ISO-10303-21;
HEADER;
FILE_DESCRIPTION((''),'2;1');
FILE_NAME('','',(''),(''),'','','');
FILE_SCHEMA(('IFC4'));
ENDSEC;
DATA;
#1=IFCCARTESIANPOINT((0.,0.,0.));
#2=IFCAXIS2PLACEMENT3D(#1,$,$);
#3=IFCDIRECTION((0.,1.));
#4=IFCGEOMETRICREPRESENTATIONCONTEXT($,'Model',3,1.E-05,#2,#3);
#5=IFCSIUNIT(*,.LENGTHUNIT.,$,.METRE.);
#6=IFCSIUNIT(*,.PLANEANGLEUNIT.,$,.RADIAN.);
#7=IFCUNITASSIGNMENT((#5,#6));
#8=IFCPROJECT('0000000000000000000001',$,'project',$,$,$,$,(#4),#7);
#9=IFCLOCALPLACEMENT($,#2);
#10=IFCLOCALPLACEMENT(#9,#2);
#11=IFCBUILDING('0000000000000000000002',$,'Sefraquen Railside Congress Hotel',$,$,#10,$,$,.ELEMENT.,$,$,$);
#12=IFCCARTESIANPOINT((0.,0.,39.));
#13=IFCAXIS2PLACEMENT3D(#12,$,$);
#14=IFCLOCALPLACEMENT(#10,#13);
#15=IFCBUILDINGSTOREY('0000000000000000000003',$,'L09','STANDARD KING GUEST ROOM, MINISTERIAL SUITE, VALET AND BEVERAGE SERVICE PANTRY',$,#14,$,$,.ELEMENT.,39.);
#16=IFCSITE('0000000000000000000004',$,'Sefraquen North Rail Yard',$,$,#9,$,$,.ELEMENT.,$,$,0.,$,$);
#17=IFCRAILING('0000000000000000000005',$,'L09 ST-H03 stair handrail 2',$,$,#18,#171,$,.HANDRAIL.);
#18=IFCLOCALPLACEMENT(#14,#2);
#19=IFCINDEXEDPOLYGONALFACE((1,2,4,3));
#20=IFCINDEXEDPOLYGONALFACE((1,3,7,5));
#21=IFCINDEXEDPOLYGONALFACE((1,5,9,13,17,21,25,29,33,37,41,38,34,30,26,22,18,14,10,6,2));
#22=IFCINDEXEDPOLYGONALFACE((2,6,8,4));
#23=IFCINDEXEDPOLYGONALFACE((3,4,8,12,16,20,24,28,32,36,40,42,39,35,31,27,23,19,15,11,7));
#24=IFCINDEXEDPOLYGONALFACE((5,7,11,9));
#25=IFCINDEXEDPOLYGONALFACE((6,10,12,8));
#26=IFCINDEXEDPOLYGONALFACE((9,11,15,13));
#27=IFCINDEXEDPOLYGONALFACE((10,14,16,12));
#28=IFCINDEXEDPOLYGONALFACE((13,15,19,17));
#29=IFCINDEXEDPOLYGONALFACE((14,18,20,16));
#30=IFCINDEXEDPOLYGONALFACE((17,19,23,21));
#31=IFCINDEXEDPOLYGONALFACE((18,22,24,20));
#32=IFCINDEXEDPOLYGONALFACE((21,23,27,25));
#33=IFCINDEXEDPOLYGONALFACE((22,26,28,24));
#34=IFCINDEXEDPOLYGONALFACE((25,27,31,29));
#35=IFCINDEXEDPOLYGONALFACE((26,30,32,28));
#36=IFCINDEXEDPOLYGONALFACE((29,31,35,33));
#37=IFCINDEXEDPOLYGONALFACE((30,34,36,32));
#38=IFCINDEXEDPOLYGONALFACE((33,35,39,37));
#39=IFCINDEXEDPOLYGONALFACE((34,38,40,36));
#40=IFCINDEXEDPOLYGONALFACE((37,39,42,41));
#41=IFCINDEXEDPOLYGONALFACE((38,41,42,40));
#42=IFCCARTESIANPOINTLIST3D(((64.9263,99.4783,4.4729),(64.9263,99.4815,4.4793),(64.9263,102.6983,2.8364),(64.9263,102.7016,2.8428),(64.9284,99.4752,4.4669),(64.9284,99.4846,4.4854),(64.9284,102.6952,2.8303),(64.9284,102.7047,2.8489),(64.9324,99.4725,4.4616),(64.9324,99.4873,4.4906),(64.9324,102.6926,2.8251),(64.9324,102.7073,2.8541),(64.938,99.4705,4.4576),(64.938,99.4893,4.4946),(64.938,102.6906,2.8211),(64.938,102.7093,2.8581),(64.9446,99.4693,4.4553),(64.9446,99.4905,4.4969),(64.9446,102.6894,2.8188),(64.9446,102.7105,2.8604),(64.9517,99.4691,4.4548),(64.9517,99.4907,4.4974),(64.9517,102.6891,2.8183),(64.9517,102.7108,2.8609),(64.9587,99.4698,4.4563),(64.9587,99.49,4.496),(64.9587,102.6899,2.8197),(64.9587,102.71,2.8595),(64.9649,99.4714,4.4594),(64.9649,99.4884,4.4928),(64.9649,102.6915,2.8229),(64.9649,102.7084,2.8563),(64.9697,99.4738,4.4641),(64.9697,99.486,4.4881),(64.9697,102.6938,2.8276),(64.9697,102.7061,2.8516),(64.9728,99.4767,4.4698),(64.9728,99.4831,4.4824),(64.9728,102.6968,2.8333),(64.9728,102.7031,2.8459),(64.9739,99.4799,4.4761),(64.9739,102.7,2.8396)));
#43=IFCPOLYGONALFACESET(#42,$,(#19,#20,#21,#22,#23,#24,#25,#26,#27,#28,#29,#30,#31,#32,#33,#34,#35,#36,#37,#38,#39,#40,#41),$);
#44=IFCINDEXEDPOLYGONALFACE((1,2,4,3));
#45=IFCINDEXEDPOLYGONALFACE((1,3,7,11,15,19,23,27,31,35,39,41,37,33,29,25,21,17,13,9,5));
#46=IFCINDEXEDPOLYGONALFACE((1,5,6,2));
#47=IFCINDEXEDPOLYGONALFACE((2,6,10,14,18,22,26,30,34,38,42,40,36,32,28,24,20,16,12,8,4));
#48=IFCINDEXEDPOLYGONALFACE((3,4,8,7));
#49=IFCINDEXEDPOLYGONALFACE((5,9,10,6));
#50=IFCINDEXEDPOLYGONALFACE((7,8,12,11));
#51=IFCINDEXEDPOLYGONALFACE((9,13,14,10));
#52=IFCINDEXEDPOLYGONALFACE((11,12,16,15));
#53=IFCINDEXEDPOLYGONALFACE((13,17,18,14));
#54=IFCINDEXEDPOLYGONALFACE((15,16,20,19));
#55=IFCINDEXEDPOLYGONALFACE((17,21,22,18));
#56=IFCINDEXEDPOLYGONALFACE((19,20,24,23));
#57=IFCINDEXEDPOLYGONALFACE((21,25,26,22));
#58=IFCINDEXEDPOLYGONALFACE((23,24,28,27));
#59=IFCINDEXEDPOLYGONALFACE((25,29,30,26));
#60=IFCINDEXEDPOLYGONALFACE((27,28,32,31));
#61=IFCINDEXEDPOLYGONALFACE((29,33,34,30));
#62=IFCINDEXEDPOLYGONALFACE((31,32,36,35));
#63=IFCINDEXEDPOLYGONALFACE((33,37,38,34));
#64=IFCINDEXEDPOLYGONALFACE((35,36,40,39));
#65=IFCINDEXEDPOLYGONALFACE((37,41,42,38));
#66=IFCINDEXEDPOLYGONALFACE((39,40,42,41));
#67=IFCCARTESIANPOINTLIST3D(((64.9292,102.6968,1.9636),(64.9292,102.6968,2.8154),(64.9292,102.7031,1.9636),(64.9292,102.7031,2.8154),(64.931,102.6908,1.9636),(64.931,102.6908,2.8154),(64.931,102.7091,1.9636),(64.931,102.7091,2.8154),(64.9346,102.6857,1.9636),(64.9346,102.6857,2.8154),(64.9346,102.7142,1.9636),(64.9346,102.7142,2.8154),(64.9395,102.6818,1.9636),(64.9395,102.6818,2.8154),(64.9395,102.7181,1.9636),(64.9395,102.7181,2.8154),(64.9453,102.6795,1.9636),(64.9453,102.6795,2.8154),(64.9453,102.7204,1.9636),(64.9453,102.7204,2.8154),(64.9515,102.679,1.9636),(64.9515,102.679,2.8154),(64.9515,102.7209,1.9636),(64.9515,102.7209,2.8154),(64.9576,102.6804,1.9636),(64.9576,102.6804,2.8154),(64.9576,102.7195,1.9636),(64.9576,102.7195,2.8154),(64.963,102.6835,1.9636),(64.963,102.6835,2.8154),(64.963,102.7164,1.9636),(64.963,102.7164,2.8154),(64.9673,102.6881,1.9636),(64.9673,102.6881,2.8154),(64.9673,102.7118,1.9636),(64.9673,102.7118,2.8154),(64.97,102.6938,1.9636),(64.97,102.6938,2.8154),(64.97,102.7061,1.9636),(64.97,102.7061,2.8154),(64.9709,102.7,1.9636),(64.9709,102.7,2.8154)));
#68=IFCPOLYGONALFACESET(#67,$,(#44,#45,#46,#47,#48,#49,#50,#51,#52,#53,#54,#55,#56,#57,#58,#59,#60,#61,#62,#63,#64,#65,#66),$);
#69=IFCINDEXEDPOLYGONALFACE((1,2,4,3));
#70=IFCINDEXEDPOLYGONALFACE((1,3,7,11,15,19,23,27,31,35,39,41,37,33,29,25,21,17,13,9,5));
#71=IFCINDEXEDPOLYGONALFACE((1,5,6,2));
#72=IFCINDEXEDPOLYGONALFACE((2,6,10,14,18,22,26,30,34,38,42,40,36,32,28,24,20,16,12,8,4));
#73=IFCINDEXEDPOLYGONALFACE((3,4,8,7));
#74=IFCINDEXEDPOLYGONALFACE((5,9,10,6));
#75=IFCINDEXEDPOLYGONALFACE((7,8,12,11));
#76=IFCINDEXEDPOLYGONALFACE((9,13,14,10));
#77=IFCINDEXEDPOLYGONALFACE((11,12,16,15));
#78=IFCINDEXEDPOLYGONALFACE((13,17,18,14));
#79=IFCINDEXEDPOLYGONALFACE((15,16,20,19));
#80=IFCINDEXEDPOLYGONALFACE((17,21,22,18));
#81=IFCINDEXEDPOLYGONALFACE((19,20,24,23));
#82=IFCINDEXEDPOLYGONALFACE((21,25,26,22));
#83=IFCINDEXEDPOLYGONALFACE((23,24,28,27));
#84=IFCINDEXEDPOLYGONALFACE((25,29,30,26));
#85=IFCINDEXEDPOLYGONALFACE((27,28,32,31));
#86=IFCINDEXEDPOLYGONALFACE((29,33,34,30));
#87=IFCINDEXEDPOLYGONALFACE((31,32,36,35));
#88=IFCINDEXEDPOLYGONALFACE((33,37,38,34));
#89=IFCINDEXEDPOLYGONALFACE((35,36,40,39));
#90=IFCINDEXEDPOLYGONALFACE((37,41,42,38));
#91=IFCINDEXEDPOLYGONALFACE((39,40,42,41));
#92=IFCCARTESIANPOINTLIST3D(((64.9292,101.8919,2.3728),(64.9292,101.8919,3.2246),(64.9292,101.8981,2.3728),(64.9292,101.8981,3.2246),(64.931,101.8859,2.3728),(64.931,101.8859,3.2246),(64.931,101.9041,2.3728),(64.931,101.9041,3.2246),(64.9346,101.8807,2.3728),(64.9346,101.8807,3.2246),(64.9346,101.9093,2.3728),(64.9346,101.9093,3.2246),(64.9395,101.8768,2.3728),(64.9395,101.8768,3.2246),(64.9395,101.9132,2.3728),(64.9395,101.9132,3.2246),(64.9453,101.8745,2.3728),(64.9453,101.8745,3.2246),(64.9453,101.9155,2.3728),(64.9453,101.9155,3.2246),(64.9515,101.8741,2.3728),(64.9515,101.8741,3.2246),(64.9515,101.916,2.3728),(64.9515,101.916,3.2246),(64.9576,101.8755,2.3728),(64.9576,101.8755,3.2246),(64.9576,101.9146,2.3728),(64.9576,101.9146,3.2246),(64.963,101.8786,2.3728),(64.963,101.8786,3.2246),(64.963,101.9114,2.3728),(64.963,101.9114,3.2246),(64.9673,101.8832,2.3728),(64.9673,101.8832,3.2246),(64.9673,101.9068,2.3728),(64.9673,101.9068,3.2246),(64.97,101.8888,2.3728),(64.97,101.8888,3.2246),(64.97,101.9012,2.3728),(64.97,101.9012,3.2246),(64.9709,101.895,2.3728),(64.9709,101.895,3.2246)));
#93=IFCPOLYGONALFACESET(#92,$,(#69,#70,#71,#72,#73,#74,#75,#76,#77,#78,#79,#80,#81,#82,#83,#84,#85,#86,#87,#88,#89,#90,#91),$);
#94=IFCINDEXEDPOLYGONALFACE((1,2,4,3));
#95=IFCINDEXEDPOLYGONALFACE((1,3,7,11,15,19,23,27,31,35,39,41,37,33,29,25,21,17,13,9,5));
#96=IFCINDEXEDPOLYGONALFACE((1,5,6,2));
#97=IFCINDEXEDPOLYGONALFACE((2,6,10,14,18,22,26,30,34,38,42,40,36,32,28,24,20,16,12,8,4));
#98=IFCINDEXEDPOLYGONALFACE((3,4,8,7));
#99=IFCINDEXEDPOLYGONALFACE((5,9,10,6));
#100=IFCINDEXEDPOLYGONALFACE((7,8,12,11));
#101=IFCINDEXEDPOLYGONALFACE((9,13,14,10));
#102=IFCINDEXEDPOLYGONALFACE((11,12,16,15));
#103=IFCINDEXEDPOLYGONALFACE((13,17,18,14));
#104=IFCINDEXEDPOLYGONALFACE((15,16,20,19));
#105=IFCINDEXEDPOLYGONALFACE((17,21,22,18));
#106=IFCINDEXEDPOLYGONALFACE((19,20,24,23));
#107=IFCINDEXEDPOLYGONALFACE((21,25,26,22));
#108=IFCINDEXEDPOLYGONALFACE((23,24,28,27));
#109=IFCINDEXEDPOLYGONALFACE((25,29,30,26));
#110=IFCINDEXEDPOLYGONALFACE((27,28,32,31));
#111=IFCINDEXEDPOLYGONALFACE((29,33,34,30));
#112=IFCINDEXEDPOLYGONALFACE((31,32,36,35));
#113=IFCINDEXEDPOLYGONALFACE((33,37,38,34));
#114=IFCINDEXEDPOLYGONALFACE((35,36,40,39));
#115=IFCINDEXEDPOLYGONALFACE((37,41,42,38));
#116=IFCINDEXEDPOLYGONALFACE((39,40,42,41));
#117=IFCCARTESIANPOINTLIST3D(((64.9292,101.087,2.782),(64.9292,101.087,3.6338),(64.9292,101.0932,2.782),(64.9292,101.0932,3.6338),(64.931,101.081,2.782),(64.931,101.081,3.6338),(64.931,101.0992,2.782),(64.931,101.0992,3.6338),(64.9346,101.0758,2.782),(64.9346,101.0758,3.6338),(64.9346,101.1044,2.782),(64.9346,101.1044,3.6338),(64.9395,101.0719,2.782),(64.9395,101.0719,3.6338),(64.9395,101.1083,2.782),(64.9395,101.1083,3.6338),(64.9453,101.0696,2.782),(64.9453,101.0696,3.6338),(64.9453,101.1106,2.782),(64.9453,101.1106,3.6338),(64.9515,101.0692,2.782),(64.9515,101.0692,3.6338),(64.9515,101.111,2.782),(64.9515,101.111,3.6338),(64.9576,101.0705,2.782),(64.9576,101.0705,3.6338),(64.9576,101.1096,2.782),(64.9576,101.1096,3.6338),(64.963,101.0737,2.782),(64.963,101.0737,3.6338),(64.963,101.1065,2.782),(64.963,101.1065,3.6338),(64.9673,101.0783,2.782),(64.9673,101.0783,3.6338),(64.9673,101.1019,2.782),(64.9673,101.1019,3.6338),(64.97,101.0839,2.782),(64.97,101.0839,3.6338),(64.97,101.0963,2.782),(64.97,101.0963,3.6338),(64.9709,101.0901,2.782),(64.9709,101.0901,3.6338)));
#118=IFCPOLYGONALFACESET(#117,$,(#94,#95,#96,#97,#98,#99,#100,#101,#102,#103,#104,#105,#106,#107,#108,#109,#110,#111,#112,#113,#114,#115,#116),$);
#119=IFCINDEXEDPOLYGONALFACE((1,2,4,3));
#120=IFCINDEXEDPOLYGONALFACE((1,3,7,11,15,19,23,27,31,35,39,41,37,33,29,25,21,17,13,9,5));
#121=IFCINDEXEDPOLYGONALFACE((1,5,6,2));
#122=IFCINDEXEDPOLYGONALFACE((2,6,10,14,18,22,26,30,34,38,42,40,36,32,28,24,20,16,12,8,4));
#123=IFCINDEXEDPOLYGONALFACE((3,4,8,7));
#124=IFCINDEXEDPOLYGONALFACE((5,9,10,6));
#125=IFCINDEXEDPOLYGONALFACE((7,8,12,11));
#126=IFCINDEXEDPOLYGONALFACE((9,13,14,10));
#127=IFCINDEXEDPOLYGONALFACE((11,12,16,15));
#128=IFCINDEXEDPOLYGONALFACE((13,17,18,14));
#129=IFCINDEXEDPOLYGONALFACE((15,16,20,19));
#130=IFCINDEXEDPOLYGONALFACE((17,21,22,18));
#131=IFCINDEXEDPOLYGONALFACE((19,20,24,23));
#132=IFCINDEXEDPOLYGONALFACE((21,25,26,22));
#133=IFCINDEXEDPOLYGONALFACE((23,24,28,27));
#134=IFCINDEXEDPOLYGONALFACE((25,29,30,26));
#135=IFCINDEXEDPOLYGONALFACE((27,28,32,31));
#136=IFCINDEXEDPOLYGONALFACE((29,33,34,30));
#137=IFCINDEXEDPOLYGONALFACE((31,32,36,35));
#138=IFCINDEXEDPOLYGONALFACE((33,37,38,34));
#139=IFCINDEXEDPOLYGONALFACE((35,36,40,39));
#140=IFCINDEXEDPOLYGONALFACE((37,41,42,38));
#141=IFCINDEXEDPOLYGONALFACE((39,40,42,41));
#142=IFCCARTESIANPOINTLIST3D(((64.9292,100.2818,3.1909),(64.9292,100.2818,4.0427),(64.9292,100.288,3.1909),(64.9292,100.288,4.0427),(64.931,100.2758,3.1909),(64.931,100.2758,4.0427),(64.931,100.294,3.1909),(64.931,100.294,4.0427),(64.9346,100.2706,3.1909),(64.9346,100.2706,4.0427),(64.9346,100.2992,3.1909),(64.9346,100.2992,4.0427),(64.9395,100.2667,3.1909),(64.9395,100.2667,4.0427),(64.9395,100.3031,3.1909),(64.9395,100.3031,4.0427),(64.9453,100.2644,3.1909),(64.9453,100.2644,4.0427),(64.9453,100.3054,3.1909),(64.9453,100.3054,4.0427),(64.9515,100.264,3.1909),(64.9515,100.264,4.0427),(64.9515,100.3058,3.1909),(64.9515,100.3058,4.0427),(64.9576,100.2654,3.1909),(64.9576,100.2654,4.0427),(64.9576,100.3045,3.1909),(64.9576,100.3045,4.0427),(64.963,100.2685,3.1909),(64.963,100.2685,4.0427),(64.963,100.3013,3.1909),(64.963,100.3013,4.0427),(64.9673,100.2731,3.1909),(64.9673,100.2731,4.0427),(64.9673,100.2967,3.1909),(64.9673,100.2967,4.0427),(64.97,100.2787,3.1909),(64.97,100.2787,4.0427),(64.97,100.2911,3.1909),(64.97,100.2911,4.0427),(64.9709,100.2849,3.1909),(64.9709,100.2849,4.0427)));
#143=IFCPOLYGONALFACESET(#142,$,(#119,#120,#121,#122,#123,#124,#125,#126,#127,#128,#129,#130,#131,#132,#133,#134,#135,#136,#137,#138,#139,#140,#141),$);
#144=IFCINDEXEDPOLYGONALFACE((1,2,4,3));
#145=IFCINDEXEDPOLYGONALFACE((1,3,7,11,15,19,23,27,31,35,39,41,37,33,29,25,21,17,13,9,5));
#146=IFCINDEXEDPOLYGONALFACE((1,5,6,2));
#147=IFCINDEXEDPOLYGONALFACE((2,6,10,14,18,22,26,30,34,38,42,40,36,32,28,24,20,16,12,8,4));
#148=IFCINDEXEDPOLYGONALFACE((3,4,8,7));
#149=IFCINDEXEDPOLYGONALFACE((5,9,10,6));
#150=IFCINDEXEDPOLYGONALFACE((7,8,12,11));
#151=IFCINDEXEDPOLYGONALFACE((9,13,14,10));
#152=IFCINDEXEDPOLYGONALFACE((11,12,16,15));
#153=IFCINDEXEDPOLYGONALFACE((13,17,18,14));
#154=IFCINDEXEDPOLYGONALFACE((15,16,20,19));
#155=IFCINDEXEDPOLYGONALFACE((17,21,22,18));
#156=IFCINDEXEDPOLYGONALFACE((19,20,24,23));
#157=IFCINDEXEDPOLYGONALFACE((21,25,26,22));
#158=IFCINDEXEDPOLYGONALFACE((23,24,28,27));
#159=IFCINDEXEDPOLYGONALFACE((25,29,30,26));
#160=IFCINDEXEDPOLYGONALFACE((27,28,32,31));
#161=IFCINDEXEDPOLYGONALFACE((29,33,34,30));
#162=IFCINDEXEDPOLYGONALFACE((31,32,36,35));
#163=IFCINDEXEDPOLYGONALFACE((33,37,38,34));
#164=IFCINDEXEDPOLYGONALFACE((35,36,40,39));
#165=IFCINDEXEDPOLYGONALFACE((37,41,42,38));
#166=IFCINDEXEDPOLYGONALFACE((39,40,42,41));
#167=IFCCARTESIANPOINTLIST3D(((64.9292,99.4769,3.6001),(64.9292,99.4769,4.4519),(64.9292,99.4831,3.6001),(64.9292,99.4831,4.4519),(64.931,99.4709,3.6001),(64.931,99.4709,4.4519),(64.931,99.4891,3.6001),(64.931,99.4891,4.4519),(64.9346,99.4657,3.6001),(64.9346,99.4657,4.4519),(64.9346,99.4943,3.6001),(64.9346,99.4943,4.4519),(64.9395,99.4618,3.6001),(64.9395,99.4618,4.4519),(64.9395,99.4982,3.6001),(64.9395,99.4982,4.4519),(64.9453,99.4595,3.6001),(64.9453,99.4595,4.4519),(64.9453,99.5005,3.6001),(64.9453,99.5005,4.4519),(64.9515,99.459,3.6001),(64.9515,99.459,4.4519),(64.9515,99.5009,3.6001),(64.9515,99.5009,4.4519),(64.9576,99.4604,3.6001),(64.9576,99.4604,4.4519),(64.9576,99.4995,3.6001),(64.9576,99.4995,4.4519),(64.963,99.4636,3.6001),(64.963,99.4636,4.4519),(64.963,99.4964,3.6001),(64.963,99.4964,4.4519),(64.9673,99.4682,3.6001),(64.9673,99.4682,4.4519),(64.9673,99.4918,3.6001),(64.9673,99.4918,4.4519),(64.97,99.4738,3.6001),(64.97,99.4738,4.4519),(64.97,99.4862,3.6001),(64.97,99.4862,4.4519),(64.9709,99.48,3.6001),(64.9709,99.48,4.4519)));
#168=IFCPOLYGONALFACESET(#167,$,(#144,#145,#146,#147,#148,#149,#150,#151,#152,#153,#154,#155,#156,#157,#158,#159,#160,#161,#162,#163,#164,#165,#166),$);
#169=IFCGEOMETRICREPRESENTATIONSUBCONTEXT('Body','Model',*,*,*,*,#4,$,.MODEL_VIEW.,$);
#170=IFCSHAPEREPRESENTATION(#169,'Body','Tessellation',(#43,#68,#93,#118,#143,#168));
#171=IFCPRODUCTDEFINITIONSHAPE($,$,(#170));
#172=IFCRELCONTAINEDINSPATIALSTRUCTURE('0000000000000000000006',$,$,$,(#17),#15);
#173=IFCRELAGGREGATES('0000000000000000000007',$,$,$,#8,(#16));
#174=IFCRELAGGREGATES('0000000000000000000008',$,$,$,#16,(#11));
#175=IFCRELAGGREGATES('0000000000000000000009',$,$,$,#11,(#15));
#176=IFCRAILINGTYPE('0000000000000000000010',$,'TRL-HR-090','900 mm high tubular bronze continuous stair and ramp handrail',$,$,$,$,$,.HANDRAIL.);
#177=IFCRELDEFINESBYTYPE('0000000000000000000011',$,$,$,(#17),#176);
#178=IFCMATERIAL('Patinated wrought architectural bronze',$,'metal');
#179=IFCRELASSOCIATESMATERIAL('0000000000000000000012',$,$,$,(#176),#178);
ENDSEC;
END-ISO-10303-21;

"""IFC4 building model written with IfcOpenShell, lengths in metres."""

from ifc_helpers import new_model, si_unit, direction, frame, origin, origin_2d, place, context, subcontext, project, spatial, circle, extrude, material, type_object, element, save


model = new_model("IFC4")

# Units and contexts
model_context = context("Model", 3, precision=1e-05, world=origin(), true_north=direction((0.0, 1.0)))
body_context = subcontext(model_context, "Body", "Model", "MODEL_VIEW")
ifc_project = project(units=[si_unit("LENGTHUNIT", "METRE"), si_unit("PLANEANGLEUNIT", "RADIAN")], contexts=[model_context])

# Site, building, storey
site_placement = place(None, origin())
site = spatial("IfcSite", under=ifc_project, at=site_placement, Name="Sefraquen North Rail Yard", CompositionType="ELEMENT", RefElevation=0.0)
building_placement = place(site_placement, origin())
building = spatial("IfcBuilding", under=site, at=building_placement, Name="Sefraquen Railside Congress Hotel", CompositionType="ELEMENT")
storey_placement = place(building_placement, frame((0.0, 0.0, 39.0)))
storey = spatial("IfcBuildingStorey", under=building, at=storey_placement, Name="L09", Description="STANDARD KING GUEST ROOM, MINISTERIAL SUITE, VALET AND BEVERAGE SERVICE PANTRY", CompositionType="ELEMENT", Elevation=39.0)

# Railing
ifc_material_1 = material(Name="Patinated wrought architectural bronze", Category="metal")
railing_type_1 = type_object("IfcRailingType", Name="TRL-HR-090", Description="900 mm high tubular bronze continuous stair and ramp handrail", PredefinedType="HANDRAIL", material=ifc_material_1)
railing_1_placement = place(storey_placement, frame((64.95, 102.7, 1.9636)))
element("IfcRailing", 1, at=railing_1_placement, inside=storey, type_object=railing_type_1, Name="L09 ST-H03 stair handrail 2", PredefinedType="HANDRAIL", context=body_context, shape_type="SweptSolid", body=[
    extrude(circle(Radius=0.0239, at=origin_2d()), frame((0.0, 0.0, 0.876), z_axis=(0.0, -0.891474, 0.453071), x_axis=(1.0, 0.0, 0.0)), (0.0, 0.0, 1.0), 3.6121),
    extrude(circle(Radius=0.021, at=origin_2d()), origin(), (0.0, 0.0, 1.0), 0.8518),
    extrude(circle(Radius=0.021, at=origin_2d()), frame((0.0, -0.8049, 0.4092)), (0.0, 0.0, 1.0), 0.8518),
    extrude(circle(Radius=0.021, at=origin_2d()), frame((0.0, -1.6099, 0.8184)), (0.0, 0.0, 1.0), 0.8518),
    extrude(circle(Radius=0.021, at=origin_2d()), frame((0.0, -2.415, 1.2273)), (0.0, 0.0, 1.0), 0.8518),
    extrude(circle(Radius=0.021, at=origin_2d()), frame((0.0, -3.22, 1.6365)), (0.0, 0.0, 1.0), 0.8518),
])

save(model, "model.ifc")
